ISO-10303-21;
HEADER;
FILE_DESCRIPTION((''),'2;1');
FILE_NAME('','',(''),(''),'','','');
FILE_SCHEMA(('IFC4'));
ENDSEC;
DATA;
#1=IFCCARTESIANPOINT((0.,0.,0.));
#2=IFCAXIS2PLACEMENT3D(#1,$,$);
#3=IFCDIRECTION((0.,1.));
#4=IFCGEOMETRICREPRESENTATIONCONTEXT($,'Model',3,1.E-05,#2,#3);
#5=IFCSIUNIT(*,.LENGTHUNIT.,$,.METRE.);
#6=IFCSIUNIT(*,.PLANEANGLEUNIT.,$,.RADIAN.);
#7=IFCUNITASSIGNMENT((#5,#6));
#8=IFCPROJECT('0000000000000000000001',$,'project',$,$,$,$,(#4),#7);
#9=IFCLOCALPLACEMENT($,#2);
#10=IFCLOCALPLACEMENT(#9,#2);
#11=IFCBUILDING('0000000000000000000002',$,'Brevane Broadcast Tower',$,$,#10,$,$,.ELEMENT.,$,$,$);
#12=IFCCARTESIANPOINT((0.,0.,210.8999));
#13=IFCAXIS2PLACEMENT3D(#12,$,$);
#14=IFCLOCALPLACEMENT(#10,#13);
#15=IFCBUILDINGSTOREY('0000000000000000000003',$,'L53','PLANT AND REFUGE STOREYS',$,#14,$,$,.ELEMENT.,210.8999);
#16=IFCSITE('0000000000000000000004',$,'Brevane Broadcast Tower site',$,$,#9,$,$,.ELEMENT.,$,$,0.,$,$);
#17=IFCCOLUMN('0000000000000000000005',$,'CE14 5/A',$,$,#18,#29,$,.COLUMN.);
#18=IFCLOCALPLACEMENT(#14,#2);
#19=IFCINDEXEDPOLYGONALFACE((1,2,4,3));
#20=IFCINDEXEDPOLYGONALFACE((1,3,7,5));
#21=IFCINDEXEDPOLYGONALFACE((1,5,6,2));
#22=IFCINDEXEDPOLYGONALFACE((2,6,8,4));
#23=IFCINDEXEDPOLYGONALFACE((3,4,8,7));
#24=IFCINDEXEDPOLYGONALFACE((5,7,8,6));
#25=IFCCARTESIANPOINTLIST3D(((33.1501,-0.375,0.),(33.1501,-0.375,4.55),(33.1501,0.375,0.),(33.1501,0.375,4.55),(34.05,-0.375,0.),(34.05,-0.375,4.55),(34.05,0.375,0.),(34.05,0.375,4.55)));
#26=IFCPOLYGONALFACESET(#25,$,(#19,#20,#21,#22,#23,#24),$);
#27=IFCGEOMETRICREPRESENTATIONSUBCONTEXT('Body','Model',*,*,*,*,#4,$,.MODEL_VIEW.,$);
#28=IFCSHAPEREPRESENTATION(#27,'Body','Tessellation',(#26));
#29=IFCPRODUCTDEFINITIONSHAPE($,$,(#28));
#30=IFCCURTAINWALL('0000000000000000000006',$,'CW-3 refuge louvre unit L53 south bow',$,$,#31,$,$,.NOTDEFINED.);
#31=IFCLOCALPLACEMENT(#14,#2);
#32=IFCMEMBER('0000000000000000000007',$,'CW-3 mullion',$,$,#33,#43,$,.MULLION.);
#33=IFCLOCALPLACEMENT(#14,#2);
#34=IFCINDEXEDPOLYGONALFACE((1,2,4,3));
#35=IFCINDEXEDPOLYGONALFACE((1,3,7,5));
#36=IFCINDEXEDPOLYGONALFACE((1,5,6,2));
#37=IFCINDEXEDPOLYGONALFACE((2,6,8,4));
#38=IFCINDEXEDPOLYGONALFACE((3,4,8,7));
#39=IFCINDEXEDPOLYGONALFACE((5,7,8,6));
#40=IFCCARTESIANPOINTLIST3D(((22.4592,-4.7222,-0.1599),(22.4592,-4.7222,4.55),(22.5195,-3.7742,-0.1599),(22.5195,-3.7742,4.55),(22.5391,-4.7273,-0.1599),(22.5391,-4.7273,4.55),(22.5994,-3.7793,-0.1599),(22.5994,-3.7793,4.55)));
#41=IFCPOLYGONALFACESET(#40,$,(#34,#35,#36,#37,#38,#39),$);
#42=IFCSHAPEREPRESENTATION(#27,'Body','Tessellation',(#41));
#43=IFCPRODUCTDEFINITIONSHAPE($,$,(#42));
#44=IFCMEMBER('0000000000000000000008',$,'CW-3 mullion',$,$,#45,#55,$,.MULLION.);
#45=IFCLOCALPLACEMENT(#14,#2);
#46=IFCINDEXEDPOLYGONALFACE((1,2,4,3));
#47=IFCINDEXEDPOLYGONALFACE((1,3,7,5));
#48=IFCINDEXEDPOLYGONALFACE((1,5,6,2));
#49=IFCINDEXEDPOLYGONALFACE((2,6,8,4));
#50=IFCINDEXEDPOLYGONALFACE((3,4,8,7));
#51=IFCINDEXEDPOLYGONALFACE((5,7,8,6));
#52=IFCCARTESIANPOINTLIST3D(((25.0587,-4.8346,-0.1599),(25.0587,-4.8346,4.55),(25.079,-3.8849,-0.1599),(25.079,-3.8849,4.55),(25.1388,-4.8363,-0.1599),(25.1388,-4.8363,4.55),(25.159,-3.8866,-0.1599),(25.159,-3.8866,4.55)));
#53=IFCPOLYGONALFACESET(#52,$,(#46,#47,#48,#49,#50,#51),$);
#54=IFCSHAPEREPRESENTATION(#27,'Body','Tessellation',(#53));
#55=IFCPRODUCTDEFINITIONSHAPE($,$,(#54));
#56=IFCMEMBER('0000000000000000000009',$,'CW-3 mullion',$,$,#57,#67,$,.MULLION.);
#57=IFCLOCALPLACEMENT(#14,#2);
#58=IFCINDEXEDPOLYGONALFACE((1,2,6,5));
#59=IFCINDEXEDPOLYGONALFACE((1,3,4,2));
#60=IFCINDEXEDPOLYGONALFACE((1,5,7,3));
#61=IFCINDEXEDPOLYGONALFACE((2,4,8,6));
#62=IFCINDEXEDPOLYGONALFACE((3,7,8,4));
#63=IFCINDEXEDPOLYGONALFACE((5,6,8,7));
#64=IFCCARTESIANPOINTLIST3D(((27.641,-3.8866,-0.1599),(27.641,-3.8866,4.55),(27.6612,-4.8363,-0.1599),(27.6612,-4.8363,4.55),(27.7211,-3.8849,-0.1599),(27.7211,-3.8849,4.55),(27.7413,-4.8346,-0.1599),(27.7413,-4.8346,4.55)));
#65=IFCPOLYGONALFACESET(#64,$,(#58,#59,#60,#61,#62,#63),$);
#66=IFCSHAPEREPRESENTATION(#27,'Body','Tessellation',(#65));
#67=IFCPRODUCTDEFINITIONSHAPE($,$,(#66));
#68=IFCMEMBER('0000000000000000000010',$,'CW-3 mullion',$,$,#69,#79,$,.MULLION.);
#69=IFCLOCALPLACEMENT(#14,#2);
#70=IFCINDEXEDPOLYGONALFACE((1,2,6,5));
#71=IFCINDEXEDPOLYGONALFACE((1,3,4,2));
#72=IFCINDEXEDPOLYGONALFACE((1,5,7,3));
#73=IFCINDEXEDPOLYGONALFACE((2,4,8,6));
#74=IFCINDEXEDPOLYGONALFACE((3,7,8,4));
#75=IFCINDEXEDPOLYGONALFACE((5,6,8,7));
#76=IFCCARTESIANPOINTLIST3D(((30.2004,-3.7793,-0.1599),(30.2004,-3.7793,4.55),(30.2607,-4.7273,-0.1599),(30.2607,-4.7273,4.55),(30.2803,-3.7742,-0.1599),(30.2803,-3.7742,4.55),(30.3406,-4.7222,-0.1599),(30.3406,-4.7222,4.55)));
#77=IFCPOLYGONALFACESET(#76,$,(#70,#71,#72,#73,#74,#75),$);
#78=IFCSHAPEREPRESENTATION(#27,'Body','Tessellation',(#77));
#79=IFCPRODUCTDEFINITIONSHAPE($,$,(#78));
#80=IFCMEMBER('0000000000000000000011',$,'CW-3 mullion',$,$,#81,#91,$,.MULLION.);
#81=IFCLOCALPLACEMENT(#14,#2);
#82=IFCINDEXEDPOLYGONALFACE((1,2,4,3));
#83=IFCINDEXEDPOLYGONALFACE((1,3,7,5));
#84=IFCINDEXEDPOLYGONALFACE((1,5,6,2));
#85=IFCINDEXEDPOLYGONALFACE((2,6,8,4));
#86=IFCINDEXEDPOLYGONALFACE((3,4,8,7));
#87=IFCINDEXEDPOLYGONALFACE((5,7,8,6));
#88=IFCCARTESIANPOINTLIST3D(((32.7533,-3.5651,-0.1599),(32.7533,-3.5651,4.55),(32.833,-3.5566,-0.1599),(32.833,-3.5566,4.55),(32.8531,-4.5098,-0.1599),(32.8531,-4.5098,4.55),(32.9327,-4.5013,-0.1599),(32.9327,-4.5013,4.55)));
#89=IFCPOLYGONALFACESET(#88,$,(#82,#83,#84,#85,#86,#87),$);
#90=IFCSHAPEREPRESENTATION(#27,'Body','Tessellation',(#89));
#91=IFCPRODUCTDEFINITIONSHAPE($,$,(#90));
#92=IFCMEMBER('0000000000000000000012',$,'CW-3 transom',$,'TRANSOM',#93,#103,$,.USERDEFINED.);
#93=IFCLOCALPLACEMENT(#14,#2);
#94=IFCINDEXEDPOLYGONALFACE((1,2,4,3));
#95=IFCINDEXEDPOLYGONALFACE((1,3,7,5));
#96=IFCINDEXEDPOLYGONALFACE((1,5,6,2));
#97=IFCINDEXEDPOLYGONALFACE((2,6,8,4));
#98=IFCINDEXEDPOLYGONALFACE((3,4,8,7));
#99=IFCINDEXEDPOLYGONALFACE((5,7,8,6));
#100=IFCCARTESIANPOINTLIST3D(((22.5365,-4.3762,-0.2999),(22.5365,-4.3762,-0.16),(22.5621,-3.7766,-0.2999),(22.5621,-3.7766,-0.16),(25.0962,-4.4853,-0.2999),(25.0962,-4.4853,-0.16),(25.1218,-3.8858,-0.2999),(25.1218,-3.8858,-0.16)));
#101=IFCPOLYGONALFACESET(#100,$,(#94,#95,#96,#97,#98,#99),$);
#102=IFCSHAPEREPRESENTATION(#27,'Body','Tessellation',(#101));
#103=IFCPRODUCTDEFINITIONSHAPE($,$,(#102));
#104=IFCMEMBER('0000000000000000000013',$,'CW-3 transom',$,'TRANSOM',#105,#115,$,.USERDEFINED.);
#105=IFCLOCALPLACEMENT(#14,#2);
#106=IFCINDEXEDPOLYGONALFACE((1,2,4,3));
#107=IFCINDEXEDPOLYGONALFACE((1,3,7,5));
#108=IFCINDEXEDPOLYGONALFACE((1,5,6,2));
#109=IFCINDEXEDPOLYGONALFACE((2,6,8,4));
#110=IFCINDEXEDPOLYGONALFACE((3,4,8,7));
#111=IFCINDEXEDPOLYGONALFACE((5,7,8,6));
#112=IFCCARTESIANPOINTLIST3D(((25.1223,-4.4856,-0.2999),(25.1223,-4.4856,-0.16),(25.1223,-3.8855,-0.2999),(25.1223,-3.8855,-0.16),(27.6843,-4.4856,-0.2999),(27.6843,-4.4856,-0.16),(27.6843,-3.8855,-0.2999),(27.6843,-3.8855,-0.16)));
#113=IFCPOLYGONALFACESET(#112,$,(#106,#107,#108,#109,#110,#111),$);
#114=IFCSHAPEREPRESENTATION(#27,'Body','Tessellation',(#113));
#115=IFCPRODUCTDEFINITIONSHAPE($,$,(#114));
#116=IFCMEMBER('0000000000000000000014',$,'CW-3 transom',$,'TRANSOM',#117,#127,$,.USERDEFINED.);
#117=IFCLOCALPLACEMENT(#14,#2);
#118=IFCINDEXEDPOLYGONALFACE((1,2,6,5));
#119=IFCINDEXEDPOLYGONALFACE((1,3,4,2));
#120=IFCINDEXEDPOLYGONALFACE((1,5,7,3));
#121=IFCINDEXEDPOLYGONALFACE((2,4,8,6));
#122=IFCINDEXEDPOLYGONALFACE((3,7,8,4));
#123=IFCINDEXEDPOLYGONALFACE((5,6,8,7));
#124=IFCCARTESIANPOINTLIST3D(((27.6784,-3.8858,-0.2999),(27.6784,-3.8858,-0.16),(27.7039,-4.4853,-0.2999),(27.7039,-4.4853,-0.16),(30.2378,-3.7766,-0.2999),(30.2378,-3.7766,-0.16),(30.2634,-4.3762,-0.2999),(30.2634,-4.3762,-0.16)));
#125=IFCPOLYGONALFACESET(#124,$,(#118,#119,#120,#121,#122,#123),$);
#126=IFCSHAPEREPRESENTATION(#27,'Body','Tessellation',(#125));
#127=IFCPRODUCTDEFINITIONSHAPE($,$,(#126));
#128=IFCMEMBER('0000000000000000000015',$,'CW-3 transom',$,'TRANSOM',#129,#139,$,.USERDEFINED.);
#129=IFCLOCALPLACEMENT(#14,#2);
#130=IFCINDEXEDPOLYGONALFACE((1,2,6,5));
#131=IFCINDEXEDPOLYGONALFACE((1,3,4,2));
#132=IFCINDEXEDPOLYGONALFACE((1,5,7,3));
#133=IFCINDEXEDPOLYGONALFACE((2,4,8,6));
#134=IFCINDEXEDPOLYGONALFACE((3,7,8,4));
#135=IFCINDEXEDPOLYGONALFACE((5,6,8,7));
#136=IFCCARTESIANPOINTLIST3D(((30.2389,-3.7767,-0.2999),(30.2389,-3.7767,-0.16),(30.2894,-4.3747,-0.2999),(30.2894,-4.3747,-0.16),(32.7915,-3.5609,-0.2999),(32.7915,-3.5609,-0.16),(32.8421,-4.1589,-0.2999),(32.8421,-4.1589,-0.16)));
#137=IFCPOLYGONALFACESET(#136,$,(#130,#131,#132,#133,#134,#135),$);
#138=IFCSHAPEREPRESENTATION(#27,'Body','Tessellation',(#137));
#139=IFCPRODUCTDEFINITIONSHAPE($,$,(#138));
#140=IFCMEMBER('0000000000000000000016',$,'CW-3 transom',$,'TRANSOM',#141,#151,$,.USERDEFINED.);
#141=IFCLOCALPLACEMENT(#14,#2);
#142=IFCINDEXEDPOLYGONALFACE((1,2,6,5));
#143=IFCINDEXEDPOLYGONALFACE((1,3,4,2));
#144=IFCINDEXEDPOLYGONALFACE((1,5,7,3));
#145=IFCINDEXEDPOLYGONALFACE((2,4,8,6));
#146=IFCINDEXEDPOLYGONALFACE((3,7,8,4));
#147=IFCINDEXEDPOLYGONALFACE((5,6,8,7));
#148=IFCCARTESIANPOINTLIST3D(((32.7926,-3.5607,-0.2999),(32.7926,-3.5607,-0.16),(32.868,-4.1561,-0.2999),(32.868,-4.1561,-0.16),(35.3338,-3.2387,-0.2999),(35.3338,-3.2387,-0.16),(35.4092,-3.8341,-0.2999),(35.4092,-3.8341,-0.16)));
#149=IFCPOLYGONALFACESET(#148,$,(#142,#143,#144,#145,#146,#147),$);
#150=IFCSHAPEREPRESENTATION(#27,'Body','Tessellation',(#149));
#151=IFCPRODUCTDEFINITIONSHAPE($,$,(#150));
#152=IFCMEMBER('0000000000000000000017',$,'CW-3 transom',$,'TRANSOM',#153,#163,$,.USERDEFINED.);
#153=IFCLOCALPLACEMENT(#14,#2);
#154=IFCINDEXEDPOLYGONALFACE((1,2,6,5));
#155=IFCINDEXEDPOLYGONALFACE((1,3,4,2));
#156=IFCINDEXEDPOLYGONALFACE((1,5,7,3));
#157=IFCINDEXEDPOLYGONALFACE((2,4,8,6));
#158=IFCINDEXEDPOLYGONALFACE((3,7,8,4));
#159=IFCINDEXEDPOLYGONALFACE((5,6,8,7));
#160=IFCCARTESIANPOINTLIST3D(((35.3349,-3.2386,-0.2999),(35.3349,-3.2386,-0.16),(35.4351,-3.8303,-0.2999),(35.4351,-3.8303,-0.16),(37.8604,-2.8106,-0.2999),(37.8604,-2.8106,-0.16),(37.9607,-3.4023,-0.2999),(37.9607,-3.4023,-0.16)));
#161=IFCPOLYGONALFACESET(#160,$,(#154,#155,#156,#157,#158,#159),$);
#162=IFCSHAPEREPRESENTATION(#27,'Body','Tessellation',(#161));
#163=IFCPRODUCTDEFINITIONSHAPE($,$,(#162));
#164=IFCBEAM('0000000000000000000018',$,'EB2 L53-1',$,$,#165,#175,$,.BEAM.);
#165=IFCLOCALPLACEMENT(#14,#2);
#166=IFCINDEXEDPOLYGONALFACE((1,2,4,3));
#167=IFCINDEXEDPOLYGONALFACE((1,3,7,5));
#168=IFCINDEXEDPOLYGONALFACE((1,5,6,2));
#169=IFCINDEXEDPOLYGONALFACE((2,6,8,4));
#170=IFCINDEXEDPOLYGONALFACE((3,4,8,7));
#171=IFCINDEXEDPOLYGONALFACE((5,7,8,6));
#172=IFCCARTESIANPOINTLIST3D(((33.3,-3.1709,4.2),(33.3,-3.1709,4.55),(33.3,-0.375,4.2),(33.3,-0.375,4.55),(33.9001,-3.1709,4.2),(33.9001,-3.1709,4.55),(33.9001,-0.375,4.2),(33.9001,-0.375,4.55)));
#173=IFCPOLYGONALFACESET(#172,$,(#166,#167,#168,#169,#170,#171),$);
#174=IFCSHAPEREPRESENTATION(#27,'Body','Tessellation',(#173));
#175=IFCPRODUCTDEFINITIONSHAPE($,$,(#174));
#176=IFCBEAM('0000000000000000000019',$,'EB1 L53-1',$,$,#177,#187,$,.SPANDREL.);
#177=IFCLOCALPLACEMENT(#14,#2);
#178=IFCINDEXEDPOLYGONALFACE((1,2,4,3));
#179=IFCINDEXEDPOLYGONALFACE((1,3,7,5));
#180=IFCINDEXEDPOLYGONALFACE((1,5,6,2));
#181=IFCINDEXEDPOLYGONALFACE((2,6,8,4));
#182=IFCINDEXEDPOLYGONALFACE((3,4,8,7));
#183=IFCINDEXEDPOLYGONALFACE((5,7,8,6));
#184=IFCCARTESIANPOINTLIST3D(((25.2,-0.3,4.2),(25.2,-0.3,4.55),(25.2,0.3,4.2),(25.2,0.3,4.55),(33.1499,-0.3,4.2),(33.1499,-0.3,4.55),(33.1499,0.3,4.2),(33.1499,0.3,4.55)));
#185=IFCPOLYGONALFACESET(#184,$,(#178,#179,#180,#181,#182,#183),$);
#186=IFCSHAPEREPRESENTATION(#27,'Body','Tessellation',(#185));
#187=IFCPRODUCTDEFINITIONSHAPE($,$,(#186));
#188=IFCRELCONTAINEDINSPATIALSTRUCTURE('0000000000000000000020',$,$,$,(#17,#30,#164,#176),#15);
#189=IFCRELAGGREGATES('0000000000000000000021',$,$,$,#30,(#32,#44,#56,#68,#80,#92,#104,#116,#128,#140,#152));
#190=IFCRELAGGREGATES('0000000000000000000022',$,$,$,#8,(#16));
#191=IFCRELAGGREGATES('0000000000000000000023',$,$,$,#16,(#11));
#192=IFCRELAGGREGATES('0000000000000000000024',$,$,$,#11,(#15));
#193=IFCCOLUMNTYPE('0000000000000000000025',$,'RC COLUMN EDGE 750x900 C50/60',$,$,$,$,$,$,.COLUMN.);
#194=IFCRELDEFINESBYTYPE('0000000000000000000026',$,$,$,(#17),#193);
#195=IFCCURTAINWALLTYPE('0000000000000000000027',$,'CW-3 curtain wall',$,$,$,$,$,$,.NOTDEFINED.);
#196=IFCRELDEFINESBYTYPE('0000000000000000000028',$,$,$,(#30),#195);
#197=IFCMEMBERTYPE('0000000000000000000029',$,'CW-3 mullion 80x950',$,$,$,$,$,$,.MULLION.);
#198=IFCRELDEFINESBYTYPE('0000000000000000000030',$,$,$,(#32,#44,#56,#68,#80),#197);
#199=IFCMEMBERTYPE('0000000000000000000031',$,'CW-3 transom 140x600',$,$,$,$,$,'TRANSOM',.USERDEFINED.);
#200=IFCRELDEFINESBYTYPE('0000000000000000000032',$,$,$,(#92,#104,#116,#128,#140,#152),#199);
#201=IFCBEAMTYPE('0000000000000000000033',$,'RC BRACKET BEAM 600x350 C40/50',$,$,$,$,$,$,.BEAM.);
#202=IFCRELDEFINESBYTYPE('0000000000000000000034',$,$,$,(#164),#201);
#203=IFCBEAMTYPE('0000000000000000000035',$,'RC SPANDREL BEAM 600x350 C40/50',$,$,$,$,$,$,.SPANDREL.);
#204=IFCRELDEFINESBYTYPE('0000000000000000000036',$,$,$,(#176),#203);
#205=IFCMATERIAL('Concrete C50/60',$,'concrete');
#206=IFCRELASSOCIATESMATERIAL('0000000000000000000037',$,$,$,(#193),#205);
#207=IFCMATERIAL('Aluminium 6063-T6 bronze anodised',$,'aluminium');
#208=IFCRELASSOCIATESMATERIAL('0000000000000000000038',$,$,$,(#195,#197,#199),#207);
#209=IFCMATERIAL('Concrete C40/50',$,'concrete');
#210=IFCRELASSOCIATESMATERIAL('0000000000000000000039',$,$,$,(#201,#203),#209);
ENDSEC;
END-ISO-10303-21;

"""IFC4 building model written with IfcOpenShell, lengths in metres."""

from ifc_helpers import new_model, si_unit, direction, frame, origin, origin_2d, place, context, subcontext, project, spatial, rectangle, extrude, material, material_profile, profile_set, type_object, element, aggregate, save


model = new_model("IFC4")

# Units and contexts
model_context = context("Model", 3, precision=1e-05, world=origin(), true_north=direction((0.0, 1.0)))
body_context = subcontext(model_context, "Body", "Model", "MODEL_VIEW")
ifc_project = project(units=[si_unit("LENGTHUNIT", "METRE"), si_unit("PLANEANGLEUNIT", "RADIAN")], contexts=[model_context])

# Site, building, storey
site_placement = place(None, origin())
site = spatial("IfcSite", under=ifc_project, at=site_placement, Name="Brevane Broadcast Tower site", CompositionType="ELEMENT", RefElevation=0.0)
building_placement = place(site_placement, origin())
building = spatial("IfcBuilding", under=site, at=building_placement, Name="Brevane Broadcast Tower", CompositionType="ELEMENT")
storey_placement = place(building_placement, frame((0.0, 0.0, 210.8999)))
storey = spatial("IfcBuildingStorey", under=building, at=storey_placement, Name="L53", Description="PLANT AND REFUGE STOREYS", CompositionType="ELEMENT", Elevation=210.8999)

# Column
ifc_material_1 = material(Name="Concrete C50/60", Category="concrete")
ifc_material_profile_1 = material_profile(ifc_material_1, rectangle(XDim=0.75, YDim=0.8999, at=origin_2d()), Name="RC 750x900")
ifc_profile_set_1 = profile_set([ifc_material_profile_1], Name="Concrete C50/60")
column_type = type_object("IfcColumnType", Name="RC COLUMN EDGE 750x900 C50/60", PredefinedType="COLUMN", material=ifc_profile_set_1)
column_placement = place(storey_placement, frame((33.6001, 0.0, 0.0), z_axis=(0.0, 0.0, 1.0), x_axis=(0.0, 1.0, 0.0)))
element("IfcColumn", 1, at=column_placement, inside=storey, type_object=column_type, Name="CE14 5/A", PredefinedType="COLUMN", context=body_context, shape_type="SweptSolid", body=[
    extrude(rectangle(XDim=0.75, YDim=0.8999, at=origin_2d()), origin(), (0.0, 0.0, 1.0), 4.55),
])

# Curtain wall, members
ifc_material_2 = material(Name="Aluminium 6063-T6 bronze anodised", Category="aluminium")
curtain_wall_type = type_object("IfcCurtainWallType", Name="CW-3 curtain wall", PredefinedType="NOTDEFINED", material=ifc_material_2)
curtain_wall_placement = place(storey_placement, origin())
curtain_wall = element("IfcCurtainWall", 2, at=curtain_wall_placement, inside=storey, type_object=curtain_wall_type, Name="CW-3 refuge louvre unit L53 south bow", PredefinedType="NOTDEFINED")
ifc_material_profile_2 = material_profile(ifc_material_2, rectangle(XDim=0.95, YDim=0.0801, at=origin_2d()), Name="RECT 80x950")
ifc_profile_set_2 = profile_set([ifc_material_profile_2], Name="Aluminium 6063-T6 bronze anodised")
member_type_1 = type_object("IfcMemberType", Name="CW-3 mullion 80x950", PredefinedType="MULLION", material=ifc_profile_set_2)
member_1_placement = place(storey_placement, frame((22.5293, -4.2507, -0.1599), z_axis=(0.0, 0.0, 1.0), x_axis=(0.063406, 0.997988, 0.0)))
member_1 = element("IfcMember", 3, at=member_1_placement, type_object=member_type_1, Name="CW-3 mullion", PredefinedType="MULLION", context=body_context, shape_type="SweptSolid", body=[
    extrude(rectangle(XDim=0.95, YDim=0.0801, at=origin_2d()), origin(), (0.0, 0.0, 1.0), 4.71),
])
member_2_placement = place(storey_placement, frame((25.1089, -4.3606, -0.1599), z_axis=(0.0, 0.0, 1.0), x_axis=(0.021282, 0.999774, 0.0)))
member_2 = element("IfcMember", 4, at=member_2_placement, type_object=member_type_1, Name="CW-3 mullion", PredefinedType="MULLION", context=body_context, shape_type="SweptSolid", body=[
    extrude(rectangle(XDim=0.95, YDim=0.0801, at=origin_2d()), origin(), (0.0, 0.0, 1.0), 4.71),
])
member_3_placement = place(storey_placement, frame((27.6912, -4.3606, -0.1599), z_axis=(0.0, 0.0, 1.0), x_axis=(-0.021282, 0.999774, 0.0)))
member_3 = element("IfcMember", 5, at=member_3_placement, type_object=member_type_1, Name="CW-3 mullion", PredefinedType="MULLION", context=body_context, shape_type="SweptSolid", body=[
    extrude(rectangle(XDim=0.95, YDim=0.0801, at=origin_2d()), origin(), (0.0, 0.0, 1.0), 4.71),
])
member_4_placement = place(storey_placement, frame((30.2705, -4.2507, -0.1599), z_axis=(0.0, 0.0, 1.0), x_axis=(-0.063406, 0.997988, 0.0)))
member_4 = element("IfcMember", 6, at=member_4_placement, type_object=member_type_1, Name="CW-3 mullion", PredefinedType="MULLION", context=body_context, shape_type="SweptSolid", body=[
    extrude(rectangle(XDim=0.95, YDim=0.0801, at=origin_2d()), origin(), (0.0, 0.0, 1.0), 4.71),
])
member_5_placement = place(storey_placement, frame((32.843, -4.0332, -0.1599), z_axis=(0.0, 0.0, 1.0), x_axis=(-0.105018, 0.99447, 0.0)))
member_5 = element("IfcMember", 7, at=member_5_placement, type_object=member_type_1, Name="CW-3 mullion", PredefinedType="MULLION", context=body_context, shape_type="SweptSolid", body=[
    extrude(rectangle(XDim=0.95, YDim=0.0801, at=origin_2d()), origin(), (0.0, 0.0, 1.0), 4.71),
])
ifc_material_profile_3 = material_profile(ifc_material_2, rectangle(XDim=0.6001, YDim=0.1399, at=origin_2d()), Name="RECT 140x600")
ifc_profile_set_3 = profile_set([ifc_material_profile_3], Name="Aluminium 6063-T6 bronze anodised")
member_type_2 = type_object("IfcMemberType", Name="CW-3 transom 140x600", ElementType="TRANSOM", PredefinedType="USERDEFINED", material=ifc_profile_set_3)
member_6_placement = place(storey_placement, frame((22.5493, -4.0764, -0.23), z_axis=(0.999092, -0.042598, 0.0), x_axis=(0.042598, 0.999092, 0.0)))
member_6 = element("IfcMember", 8, at=member_6_placement, type_object=member_type_2, Name="CW-3 transom", ObjectType="TRANSOM", PredefinedType="USERDEFINED", context=body_context, shape_type="SweptSolid", body=[
    extrude(rectangle(XDim=0.6001, YDim=0.1399, at=origin_2d()), origin(), (0.0, 0.0, 1.0), 2.562),
])
member_7_placement = place(storey_placement, frame((25.1223, -4.1855, -0.23), z_axis=(1.0, 0.0, 0.0), x_axis=(0.0, 1.0, 0.0)))
member_7 = element("IfcMember", 9, at=member_7_placement, type_object=member_type_2, Name="CW-3 transom", ObjectType="TRANSOM", PredefinedType="USERDEFINED", context=body_context, shape_type="SweptSolid", body=[
    extrude(rectangle(XDim=0.6001, YDim=0.1399, at=origin_2d()), origin(), (0.0, 0.0, 1.0), 2.562),
])
member_8_placement = place(storey_placement, frame((27.6912, -4.1855, -0.23), z_axis=(0.999092, 0.042602, 0.0), x_axis=(-0.042602, 0.999092, 0.0)))
member_8 = element("IfcMember", 10, at=member_8_placement, type_object=member_type_2, Name="CW-3 transom", ObjectType="TRANSOM", PredefinedType="USERDEFINED", context=body_context, shape_type="SweptSolid", body=[
    extrude(rectangle(XDim=0.6001, YDim=0.1399, at=origin_2d()), origin(), (0.0, 0.0, 1.0), 2.5618),
])
member_9_placement = place(storey_placement, frame((30.2642, -4.0757, -0.23), z_axis=(0.996445, 0.084244, 0.0), x_axis=(-0.084244, 0.996445, 0.0)))
member_9 = element("IfcMember", 11, at=member_9_placement, type_object=member_type_2, Name="CW-3 transom", ObjectType="TRANSOM", PredefinedType="USERDEFINED", context=body_context, shape_type="SweptSolid", body=[
    extrude(rectangle(XDim=0.6001, YDim=0.1399, at=origin_2d()), origin(), (0.0, 0.0, 1.0), 2.5618),
])
member_10_placement = place(storey_placement, frame((32.8303, -3.8584, -0.23), z_axis=(0.992067, 0.125712, 0.0), x_axis=(-0.125712, 0.992067, 0.0)))
member_10 = element("IfcMember", 12, at=member_10_placement, type_object=member_type_2, Name="CW-3 transom", ObjectType="TRANSOM", PredefinedType="USERDEFINED", context=body_context, shape_type="SweptSolid", body=[
    extrude(rectangle(XDim=0.6001, YDim=0.1399, at=origin_2d()), origin(), (0.0, 0.0, 1.0), 2.5615),
])
member_11_placement = place(storey_placement, frame((35.385, -3.5344, -0.23), z_axis=(0.985945, 0.167072, 0.0), x_axis=(-0.167072, 0.985945, 0.0)))
member_11 = element("IfcMember", 13, at=member_11_placement, type_object=member_type_2, Name="CW-3 transom", ObjectType="TRANSOM", PredefinedType="USERDEFINED", context=body_context, shape_type="SweptSolid", body=[
    extrude(rectangle(XDim=0.6001, YDim=0.1399, at=origin_2d()), origin(), (0.0, 0.0, 1.0), 2.5615),
])
aggregate(curtain_wall, [member_1, member_2, member_3, member_4, member_5, member_6, member_7, member_8, member_9, member_10, member_11])

# Beams
ifc_material_3 = material(Name="Concrete C40/50", Category="concrete")
ifc_material_profile_4 = material_profile(ifc_material_3, rectangle(XDim=0.6001, YDim=0.3501, at=origin_2d()), Name="RC 600x350")
ifc_profile_set_4 = profile_set([ifc_material_profile_4], Name="Concrete C40/50")
beam_type_1 = type_object("IfcBeamType", Name="RC BRACKET BEAM 600x350 C40/50", PredefinedType="BEAM", material=ifc_profile_set_4)
beam_1_placement = place(storey_placement, frame((33.6001, -0.375, 4.375), z_axis=(0.0, -1.0, 0.0), x_axis=(1.0, 0.0, 0.0)))
element("IfcBeam", 14, at=beam_1_placement, inside=storey, type_object=beam_type_1, Name="EB2 L53-1", PredefinedType="BEAM", context=body_context, shape_type="SweptSolid", body=[
    extrude(rectangle(XDim=0.6001, YDim=0.3501, at=origin_2d()), origin(), (0.0, 0.0, 1.0), 2.7959),
])
ifc_material_profile_5 = material_profile(ifc_material_3, rectangle(XDim=0.6001, YDim=0.3501, at=origin_2d()), Name="RC 600x350")
ifc_profile_set_5 = profile_set([ifc_material_profile_5], Name="Concrete C40/50")
beam_type_2 = type_object("IfcBeamType", Name="RC SPANDREL BEAM 600x350 C40/50", PredefinedType="SPANDREL", material=ifc_profile_set_5)
beam_2_placement = place(storey_placement, frame((25.2, 0.0, 4.375), z_axis=(1.0, 0.0, 0.0), x_axis=(0.0, 1.0, 0.0)))
element("IfcBeam", 15, at=beam_2_placement, inside=storey, type_object=beam_type_2, Name="EB1 L53-1", PredefinedType="SPANDREL", context=body_context, shape_type="SweptSolid", body=[
    extrude(rectangle(XDim=0.6001, YDim=0.3501, at=origin_2d()), origin(), (0.0, 0.0, 1.0), 7.95),
])

save(model, "model.ifc")
